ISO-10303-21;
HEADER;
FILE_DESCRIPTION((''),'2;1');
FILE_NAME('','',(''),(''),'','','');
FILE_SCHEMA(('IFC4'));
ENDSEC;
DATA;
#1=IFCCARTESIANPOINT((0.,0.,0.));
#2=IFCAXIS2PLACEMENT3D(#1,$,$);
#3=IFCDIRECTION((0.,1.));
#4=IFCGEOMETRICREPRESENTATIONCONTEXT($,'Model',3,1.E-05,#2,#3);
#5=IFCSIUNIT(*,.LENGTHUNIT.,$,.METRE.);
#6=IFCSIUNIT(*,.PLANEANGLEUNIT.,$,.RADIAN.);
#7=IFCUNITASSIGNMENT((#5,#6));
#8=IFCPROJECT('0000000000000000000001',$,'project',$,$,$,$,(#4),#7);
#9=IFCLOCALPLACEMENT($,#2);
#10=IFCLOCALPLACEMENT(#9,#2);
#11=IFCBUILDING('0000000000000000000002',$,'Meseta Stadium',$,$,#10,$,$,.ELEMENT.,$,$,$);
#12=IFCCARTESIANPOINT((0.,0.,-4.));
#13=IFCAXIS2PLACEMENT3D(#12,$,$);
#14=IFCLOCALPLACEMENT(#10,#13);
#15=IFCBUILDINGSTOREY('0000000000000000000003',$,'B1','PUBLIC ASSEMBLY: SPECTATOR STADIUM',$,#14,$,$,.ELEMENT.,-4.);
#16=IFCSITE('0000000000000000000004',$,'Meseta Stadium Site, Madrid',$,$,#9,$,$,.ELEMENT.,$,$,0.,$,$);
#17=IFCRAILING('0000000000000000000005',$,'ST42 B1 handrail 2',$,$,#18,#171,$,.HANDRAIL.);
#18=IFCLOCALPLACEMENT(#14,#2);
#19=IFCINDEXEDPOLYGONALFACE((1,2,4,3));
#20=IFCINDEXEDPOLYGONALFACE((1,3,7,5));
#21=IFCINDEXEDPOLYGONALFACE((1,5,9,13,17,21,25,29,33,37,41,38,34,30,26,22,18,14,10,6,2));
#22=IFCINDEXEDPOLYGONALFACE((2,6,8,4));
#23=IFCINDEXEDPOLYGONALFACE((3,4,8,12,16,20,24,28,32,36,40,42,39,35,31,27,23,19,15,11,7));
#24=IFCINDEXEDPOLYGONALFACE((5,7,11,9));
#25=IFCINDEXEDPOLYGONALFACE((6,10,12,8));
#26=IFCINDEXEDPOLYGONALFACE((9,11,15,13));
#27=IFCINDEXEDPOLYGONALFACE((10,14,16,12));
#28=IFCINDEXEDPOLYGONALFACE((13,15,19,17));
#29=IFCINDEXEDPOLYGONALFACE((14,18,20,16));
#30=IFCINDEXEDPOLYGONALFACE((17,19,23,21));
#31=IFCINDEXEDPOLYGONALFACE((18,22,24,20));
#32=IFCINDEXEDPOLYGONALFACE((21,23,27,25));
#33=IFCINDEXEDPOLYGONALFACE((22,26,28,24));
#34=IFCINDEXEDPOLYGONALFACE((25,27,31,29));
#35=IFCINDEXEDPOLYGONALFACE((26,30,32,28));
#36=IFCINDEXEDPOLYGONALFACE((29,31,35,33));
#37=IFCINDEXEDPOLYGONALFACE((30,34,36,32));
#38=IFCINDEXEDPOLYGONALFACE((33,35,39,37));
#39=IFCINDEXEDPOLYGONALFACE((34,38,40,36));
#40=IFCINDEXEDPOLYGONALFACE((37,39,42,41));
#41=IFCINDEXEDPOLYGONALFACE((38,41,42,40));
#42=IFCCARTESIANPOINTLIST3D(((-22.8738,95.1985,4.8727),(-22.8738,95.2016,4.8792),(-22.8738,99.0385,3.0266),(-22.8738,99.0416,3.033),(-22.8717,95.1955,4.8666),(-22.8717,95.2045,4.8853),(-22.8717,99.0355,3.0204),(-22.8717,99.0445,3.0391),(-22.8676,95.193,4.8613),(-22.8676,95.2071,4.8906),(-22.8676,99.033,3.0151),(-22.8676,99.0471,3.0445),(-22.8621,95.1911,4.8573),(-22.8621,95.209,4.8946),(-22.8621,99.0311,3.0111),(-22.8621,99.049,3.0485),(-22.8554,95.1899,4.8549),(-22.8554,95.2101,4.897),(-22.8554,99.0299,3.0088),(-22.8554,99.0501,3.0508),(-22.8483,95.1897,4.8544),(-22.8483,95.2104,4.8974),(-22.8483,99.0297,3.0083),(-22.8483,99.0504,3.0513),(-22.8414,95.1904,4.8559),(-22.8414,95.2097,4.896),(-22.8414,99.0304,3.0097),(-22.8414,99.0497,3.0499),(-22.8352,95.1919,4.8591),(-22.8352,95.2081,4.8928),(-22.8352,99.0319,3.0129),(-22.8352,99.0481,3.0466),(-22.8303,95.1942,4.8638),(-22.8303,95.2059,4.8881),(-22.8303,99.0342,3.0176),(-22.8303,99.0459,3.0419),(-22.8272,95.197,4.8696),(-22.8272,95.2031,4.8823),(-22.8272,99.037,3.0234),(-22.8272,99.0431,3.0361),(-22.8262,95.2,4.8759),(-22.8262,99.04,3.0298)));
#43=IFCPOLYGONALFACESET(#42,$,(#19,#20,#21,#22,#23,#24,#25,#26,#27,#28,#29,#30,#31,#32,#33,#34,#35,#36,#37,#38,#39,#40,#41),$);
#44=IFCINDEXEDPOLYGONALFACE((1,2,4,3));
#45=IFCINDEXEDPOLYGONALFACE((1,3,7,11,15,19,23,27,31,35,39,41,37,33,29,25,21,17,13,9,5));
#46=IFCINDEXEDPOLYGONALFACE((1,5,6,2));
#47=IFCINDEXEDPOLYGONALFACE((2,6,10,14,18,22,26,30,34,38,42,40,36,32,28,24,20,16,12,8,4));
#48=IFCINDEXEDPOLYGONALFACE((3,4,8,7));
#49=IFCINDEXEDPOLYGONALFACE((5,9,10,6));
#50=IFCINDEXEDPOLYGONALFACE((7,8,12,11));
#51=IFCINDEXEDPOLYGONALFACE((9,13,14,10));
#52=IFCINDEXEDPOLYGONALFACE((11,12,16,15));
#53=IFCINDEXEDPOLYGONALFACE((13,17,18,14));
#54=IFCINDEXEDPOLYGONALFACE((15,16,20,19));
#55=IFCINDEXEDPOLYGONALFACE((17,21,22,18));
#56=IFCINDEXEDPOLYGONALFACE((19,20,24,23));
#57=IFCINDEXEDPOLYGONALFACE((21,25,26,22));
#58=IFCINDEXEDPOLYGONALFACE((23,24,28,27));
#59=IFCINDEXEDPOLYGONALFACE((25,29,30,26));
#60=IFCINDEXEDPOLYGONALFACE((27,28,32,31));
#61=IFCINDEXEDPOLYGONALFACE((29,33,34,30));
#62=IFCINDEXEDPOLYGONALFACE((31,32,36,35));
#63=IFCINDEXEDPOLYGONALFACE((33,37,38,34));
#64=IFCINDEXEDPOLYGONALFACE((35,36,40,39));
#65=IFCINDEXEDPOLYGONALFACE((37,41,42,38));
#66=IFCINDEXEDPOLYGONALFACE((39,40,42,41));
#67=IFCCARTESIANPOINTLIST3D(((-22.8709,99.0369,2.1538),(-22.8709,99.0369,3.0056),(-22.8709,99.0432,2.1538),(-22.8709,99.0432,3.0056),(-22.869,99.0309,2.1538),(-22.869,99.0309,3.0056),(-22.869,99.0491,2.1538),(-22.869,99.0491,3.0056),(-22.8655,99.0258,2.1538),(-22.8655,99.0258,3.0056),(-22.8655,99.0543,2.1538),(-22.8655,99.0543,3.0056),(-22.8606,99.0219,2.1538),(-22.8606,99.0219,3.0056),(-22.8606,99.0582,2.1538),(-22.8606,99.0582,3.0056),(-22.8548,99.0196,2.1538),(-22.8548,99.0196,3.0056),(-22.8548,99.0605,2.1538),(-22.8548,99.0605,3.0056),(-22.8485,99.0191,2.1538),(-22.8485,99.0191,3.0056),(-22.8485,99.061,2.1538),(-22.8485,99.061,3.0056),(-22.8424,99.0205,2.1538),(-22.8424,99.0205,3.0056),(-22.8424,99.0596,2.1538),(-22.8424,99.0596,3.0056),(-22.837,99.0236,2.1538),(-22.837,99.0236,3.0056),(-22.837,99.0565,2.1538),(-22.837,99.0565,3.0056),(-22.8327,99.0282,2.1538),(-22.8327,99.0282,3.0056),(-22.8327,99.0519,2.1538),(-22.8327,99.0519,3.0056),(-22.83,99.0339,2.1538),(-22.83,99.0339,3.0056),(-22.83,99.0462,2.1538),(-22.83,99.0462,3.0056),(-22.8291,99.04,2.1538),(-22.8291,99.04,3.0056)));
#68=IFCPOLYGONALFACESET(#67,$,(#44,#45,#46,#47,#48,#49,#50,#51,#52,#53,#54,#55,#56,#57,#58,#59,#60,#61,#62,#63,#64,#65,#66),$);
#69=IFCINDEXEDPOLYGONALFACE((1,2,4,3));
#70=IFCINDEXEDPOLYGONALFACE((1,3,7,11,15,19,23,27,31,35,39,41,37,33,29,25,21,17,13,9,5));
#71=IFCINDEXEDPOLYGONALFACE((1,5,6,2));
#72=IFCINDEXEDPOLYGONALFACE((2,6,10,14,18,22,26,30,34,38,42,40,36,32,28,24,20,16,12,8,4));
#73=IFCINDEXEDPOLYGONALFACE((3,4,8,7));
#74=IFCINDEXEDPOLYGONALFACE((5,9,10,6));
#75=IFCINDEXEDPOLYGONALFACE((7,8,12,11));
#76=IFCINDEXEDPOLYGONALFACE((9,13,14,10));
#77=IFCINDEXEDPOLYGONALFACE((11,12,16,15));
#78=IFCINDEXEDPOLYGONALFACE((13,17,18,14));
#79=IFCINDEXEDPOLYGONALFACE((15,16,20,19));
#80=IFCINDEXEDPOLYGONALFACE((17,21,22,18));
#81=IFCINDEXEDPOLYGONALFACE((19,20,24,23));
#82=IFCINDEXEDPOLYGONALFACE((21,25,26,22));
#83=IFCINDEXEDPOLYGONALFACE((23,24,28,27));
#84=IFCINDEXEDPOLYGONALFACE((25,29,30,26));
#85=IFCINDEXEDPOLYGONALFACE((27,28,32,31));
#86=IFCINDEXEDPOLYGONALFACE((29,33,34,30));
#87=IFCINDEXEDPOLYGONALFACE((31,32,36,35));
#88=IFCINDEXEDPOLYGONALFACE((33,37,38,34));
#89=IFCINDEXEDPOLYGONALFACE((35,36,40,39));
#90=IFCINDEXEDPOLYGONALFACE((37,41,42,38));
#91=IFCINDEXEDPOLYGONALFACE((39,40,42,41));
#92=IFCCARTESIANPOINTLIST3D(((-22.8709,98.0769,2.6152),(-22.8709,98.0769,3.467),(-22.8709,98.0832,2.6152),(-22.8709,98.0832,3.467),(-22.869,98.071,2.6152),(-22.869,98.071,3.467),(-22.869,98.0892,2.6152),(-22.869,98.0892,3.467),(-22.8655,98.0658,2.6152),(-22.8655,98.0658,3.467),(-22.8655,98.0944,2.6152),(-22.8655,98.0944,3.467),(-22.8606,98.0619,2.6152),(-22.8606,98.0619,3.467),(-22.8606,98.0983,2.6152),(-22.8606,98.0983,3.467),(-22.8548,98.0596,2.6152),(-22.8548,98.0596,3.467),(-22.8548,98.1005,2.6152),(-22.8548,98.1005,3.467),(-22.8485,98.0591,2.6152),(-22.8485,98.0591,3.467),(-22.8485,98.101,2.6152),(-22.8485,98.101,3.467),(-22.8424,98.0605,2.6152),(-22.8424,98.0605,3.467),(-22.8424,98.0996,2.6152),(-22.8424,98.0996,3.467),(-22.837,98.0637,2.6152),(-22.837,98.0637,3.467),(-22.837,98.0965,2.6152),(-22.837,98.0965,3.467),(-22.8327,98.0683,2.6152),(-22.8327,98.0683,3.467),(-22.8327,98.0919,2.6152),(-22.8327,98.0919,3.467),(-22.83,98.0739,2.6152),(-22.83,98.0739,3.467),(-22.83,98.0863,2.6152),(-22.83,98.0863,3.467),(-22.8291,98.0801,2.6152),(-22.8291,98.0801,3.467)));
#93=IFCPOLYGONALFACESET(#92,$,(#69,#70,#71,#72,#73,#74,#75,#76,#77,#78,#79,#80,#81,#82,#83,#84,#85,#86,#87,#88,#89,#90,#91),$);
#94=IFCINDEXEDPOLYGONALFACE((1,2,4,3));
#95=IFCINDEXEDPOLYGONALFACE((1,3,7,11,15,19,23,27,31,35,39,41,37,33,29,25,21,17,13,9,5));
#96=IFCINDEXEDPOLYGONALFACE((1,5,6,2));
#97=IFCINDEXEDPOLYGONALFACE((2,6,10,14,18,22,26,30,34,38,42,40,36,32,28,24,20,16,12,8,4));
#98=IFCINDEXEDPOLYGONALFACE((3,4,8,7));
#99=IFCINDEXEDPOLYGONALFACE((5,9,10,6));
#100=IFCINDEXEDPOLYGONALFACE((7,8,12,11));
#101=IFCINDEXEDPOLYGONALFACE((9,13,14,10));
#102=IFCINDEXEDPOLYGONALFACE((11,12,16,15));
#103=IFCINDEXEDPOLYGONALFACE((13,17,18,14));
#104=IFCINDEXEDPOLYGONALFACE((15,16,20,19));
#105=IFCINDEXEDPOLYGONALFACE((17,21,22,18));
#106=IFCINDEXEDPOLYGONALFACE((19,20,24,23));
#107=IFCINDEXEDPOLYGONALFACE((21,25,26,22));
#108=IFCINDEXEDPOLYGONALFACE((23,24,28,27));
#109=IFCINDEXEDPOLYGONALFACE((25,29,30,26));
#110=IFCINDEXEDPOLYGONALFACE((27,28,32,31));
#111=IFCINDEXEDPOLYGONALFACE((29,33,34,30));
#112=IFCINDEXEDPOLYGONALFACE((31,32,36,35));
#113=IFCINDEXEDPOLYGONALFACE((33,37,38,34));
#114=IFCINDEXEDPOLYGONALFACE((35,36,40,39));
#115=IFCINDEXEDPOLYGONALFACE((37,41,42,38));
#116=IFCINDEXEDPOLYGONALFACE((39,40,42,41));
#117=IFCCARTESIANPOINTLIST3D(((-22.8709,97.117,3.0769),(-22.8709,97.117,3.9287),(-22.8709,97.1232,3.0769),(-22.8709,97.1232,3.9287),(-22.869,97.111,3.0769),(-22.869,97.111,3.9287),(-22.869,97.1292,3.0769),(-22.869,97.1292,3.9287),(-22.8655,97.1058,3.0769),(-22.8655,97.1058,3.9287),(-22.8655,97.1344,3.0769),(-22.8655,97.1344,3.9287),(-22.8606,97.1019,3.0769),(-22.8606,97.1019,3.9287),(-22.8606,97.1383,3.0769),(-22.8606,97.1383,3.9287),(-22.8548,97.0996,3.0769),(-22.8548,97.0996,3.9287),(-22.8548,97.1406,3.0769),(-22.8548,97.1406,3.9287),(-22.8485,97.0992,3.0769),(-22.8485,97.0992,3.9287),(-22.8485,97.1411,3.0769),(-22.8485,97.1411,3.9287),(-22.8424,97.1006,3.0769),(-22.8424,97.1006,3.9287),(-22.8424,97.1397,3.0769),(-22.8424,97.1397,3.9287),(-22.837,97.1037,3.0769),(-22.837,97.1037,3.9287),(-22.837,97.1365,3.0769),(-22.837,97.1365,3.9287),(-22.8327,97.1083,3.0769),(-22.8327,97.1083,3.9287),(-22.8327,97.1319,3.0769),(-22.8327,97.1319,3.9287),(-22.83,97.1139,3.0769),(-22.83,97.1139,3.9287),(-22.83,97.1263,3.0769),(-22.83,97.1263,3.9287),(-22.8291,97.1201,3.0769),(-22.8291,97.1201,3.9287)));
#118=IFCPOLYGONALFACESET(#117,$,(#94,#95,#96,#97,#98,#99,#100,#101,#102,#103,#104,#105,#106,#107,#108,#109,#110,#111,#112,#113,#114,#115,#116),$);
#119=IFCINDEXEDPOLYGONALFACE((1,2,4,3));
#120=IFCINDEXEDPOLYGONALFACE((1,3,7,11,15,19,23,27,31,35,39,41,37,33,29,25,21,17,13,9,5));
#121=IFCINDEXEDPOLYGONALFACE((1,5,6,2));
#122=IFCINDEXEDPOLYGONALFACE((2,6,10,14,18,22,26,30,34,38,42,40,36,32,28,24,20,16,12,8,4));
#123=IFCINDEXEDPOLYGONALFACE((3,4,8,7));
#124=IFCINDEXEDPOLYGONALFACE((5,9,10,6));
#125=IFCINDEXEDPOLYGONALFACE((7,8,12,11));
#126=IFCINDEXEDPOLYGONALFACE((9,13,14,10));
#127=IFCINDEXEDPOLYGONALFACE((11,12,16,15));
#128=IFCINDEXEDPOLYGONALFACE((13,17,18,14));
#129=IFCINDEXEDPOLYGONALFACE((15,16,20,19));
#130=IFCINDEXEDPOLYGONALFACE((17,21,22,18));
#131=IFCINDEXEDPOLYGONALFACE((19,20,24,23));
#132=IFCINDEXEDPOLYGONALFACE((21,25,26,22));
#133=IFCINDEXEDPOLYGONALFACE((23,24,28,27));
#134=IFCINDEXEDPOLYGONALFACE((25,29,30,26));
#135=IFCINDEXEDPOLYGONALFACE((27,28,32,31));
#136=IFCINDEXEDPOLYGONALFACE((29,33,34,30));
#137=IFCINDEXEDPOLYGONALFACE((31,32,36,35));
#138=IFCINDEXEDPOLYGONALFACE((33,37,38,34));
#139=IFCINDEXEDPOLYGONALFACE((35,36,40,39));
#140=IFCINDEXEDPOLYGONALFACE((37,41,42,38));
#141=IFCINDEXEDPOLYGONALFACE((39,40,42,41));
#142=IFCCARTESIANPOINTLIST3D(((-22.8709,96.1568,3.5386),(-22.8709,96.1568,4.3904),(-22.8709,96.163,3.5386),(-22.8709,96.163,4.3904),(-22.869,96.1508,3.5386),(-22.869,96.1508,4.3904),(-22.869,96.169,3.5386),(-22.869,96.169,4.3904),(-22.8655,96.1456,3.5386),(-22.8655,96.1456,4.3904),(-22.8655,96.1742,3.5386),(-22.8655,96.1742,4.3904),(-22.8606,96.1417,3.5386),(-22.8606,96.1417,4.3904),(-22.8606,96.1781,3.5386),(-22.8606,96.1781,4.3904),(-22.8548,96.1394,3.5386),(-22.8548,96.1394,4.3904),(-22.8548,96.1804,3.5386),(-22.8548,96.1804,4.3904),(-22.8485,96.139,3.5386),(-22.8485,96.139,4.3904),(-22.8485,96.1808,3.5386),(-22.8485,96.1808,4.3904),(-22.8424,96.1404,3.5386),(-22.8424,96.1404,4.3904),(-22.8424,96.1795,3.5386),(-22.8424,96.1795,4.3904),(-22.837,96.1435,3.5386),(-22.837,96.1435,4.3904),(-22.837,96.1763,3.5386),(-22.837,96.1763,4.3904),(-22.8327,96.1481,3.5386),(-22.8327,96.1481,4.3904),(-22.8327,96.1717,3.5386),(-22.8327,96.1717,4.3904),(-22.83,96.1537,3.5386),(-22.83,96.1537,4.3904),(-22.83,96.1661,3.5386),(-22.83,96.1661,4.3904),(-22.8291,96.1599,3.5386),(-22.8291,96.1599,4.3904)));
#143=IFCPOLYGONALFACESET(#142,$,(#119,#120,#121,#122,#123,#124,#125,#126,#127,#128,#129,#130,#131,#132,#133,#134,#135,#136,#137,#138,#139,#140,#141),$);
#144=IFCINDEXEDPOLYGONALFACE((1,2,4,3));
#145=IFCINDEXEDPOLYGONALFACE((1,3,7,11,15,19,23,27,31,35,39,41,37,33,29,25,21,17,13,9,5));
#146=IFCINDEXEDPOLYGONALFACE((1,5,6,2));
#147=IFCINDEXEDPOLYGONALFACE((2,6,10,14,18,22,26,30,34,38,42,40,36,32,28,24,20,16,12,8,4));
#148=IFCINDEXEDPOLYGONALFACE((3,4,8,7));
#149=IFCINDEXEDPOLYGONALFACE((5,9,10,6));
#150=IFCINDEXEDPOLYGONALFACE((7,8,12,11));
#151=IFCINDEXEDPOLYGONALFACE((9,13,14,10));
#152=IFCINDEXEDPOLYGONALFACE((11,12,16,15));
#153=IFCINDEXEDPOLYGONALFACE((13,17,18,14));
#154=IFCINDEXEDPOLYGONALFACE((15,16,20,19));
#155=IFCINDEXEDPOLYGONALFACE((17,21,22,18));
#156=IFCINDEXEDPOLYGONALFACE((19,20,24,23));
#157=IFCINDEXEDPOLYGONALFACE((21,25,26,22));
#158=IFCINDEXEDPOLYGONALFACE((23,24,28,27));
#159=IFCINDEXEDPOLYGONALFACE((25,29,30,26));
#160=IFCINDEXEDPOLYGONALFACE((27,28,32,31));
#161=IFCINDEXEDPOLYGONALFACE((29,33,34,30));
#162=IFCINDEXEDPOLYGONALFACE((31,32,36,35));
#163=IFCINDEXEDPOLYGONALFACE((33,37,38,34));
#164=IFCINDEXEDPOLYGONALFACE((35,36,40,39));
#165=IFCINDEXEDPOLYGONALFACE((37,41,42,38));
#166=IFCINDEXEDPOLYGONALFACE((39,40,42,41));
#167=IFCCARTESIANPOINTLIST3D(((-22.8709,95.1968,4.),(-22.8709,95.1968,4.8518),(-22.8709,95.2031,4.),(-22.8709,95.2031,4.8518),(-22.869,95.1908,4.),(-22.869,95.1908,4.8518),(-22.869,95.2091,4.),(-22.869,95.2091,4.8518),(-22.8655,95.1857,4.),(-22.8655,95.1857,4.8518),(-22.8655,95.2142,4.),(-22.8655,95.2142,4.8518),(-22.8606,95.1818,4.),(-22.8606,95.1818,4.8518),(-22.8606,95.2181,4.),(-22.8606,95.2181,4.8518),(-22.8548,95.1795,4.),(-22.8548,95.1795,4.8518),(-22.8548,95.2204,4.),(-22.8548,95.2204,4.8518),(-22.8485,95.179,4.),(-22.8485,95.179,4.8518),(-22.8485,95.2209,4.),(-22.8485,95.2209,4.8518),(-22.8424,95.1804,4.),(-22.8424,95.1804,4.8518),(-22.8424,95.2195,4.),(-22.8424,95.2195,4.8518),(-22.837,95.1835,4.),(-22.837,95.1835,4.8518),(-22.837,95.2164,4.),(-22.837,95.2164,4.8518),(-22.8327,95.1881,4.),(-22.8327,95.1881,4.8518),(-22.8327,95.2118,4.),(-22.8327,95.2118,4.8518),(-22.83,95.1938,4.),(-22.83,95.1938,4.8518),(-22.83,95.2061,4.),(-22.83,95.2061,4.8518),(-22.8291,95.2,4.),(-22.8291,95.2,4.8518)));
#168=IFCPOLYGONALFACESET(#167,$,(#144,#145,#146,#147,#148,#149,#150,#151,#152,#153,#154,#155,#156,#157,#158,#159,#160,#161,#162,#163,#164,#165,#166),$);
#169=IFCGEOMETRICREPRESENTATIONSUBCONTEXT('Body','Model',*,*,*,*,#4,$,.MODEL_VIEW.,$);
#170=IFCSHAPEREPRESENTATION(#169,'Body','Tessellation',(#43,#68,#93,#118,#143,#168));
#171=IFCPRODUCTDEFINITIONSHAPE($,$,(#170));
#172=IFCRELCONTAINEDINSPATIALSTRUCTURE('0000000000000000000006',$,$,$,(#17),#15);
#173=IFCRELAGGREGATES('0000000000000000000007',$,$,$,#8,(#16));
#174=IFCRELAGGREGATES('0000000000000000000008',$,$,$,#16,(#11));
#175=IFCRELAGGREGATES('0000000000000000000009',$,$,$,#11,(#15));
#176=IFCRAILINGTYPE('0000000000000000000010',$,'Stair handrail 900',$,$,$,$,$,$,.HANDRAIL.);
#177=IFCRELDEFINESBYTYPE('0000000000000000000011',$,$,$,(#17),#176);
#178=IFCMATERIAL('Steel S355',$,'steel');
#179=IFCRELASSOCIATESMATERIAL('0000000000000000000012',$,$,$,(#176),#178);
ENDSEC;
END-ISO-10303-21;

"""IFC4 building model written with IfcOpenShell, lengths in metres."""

from ifc_helpers import new_model, si_unit, direction, frame, origin, origin_2d, place, context, subcontext, project, spatial, circle, extrude, material, type_object, element, save


model = new_model("IFC4")

# Units and contexts
model_context = context("Model", 3, precision=1e-05, world=origin(), true_north=direction((0.0, 1.0)))
body_context = subcontext(model_context, "Body", "Model", "MODEL_VIEW")
ifc_project = project(units=[si_unit("LENGTHUNIT", "METRE"), si_unit("PLANEANGLEUNIT", "RADIAN")], contexts=[model_context])

# Site, building, storey
site_placement = place(None, origin())
site = spatial("IfcSite", under=ifc_project, at=site_placement, Name="Meseta Stadium Site, Madrid", CompositionType="ELEMENT", RefElevation=0.0)
building_placement = place(site_placement, origin())
building = spatial("IfcBuilding", under=site, at=building_placement, Name="Meseta Stadium", CompositionType="ELEMENT")
storey_placement = place(building_placement, frame((0.0, 0.0, -4.0)))
storey = spatial("IfcBuildingStorey", under=building, at=storey_placement, Name="B1", Description="PUBLIC ASSEMBLY: SPECTATOR STADIUM", CompositionType="ELEMENT", Elevation=-4.0)

# Railing
ifc_material_1 = material(Name="Steel S355", Category="steel")
railing_type_1 = type_object("IfcRailingType", Name="Stair handrail 900", PredefinedType="HANDRAIL", material=ifc_material_1)
railing_1_placement = place(storey_placement, frame((-22.8501, 99.04, 2.1538)))
element("IfcRailing", 1, at=railing_1_placement, inside=storey, type_object=railing_type_1, Name="ST42 B1 handrail 2", PredefinedType="HANDRAIL", context=body_context, shape_type="SweptSolid", body=[
    extrude(circle(Radius=0.0239, at=origin_2d()), frame((0.0, 0.0, 0.876), z_axis=(0.0, -0.901253, 0.433294), x_axis=(1.0, 0.0, 0.0)), (0.0, 0.0, 1.0), 4.2607),
    extrude(circle(Radius=0.021, at=origin_2d()), origin(), (0.0, 0.0, 1.0), 0.8518),
    extrude(circle(Radius=0.021, at=origin_2d()), frame((0.0, -0.96, 0.4614)), (0.0, 0.0, 1.0), 0.8518),
    extrude(circle(Radius=0.021, at=origin_2d()), frame((0.0, -1.9199, 0.9231)), (0.0, 0.0, 1.0), 0.8518),
    extrude(circle(Radius=0.021, at=origin_2d()), frame((0.0, -2.8801, 1.3848)), (0.0, 0.0, 1.0), 0.8518),
    extrude(circle(Radius=0.021, at=origin_2d()), frame((0.0, -3.8401, 1.8462)), (0.0, 0.0, 1.0), 0.8518),
])

save(model, "model.ifc")
